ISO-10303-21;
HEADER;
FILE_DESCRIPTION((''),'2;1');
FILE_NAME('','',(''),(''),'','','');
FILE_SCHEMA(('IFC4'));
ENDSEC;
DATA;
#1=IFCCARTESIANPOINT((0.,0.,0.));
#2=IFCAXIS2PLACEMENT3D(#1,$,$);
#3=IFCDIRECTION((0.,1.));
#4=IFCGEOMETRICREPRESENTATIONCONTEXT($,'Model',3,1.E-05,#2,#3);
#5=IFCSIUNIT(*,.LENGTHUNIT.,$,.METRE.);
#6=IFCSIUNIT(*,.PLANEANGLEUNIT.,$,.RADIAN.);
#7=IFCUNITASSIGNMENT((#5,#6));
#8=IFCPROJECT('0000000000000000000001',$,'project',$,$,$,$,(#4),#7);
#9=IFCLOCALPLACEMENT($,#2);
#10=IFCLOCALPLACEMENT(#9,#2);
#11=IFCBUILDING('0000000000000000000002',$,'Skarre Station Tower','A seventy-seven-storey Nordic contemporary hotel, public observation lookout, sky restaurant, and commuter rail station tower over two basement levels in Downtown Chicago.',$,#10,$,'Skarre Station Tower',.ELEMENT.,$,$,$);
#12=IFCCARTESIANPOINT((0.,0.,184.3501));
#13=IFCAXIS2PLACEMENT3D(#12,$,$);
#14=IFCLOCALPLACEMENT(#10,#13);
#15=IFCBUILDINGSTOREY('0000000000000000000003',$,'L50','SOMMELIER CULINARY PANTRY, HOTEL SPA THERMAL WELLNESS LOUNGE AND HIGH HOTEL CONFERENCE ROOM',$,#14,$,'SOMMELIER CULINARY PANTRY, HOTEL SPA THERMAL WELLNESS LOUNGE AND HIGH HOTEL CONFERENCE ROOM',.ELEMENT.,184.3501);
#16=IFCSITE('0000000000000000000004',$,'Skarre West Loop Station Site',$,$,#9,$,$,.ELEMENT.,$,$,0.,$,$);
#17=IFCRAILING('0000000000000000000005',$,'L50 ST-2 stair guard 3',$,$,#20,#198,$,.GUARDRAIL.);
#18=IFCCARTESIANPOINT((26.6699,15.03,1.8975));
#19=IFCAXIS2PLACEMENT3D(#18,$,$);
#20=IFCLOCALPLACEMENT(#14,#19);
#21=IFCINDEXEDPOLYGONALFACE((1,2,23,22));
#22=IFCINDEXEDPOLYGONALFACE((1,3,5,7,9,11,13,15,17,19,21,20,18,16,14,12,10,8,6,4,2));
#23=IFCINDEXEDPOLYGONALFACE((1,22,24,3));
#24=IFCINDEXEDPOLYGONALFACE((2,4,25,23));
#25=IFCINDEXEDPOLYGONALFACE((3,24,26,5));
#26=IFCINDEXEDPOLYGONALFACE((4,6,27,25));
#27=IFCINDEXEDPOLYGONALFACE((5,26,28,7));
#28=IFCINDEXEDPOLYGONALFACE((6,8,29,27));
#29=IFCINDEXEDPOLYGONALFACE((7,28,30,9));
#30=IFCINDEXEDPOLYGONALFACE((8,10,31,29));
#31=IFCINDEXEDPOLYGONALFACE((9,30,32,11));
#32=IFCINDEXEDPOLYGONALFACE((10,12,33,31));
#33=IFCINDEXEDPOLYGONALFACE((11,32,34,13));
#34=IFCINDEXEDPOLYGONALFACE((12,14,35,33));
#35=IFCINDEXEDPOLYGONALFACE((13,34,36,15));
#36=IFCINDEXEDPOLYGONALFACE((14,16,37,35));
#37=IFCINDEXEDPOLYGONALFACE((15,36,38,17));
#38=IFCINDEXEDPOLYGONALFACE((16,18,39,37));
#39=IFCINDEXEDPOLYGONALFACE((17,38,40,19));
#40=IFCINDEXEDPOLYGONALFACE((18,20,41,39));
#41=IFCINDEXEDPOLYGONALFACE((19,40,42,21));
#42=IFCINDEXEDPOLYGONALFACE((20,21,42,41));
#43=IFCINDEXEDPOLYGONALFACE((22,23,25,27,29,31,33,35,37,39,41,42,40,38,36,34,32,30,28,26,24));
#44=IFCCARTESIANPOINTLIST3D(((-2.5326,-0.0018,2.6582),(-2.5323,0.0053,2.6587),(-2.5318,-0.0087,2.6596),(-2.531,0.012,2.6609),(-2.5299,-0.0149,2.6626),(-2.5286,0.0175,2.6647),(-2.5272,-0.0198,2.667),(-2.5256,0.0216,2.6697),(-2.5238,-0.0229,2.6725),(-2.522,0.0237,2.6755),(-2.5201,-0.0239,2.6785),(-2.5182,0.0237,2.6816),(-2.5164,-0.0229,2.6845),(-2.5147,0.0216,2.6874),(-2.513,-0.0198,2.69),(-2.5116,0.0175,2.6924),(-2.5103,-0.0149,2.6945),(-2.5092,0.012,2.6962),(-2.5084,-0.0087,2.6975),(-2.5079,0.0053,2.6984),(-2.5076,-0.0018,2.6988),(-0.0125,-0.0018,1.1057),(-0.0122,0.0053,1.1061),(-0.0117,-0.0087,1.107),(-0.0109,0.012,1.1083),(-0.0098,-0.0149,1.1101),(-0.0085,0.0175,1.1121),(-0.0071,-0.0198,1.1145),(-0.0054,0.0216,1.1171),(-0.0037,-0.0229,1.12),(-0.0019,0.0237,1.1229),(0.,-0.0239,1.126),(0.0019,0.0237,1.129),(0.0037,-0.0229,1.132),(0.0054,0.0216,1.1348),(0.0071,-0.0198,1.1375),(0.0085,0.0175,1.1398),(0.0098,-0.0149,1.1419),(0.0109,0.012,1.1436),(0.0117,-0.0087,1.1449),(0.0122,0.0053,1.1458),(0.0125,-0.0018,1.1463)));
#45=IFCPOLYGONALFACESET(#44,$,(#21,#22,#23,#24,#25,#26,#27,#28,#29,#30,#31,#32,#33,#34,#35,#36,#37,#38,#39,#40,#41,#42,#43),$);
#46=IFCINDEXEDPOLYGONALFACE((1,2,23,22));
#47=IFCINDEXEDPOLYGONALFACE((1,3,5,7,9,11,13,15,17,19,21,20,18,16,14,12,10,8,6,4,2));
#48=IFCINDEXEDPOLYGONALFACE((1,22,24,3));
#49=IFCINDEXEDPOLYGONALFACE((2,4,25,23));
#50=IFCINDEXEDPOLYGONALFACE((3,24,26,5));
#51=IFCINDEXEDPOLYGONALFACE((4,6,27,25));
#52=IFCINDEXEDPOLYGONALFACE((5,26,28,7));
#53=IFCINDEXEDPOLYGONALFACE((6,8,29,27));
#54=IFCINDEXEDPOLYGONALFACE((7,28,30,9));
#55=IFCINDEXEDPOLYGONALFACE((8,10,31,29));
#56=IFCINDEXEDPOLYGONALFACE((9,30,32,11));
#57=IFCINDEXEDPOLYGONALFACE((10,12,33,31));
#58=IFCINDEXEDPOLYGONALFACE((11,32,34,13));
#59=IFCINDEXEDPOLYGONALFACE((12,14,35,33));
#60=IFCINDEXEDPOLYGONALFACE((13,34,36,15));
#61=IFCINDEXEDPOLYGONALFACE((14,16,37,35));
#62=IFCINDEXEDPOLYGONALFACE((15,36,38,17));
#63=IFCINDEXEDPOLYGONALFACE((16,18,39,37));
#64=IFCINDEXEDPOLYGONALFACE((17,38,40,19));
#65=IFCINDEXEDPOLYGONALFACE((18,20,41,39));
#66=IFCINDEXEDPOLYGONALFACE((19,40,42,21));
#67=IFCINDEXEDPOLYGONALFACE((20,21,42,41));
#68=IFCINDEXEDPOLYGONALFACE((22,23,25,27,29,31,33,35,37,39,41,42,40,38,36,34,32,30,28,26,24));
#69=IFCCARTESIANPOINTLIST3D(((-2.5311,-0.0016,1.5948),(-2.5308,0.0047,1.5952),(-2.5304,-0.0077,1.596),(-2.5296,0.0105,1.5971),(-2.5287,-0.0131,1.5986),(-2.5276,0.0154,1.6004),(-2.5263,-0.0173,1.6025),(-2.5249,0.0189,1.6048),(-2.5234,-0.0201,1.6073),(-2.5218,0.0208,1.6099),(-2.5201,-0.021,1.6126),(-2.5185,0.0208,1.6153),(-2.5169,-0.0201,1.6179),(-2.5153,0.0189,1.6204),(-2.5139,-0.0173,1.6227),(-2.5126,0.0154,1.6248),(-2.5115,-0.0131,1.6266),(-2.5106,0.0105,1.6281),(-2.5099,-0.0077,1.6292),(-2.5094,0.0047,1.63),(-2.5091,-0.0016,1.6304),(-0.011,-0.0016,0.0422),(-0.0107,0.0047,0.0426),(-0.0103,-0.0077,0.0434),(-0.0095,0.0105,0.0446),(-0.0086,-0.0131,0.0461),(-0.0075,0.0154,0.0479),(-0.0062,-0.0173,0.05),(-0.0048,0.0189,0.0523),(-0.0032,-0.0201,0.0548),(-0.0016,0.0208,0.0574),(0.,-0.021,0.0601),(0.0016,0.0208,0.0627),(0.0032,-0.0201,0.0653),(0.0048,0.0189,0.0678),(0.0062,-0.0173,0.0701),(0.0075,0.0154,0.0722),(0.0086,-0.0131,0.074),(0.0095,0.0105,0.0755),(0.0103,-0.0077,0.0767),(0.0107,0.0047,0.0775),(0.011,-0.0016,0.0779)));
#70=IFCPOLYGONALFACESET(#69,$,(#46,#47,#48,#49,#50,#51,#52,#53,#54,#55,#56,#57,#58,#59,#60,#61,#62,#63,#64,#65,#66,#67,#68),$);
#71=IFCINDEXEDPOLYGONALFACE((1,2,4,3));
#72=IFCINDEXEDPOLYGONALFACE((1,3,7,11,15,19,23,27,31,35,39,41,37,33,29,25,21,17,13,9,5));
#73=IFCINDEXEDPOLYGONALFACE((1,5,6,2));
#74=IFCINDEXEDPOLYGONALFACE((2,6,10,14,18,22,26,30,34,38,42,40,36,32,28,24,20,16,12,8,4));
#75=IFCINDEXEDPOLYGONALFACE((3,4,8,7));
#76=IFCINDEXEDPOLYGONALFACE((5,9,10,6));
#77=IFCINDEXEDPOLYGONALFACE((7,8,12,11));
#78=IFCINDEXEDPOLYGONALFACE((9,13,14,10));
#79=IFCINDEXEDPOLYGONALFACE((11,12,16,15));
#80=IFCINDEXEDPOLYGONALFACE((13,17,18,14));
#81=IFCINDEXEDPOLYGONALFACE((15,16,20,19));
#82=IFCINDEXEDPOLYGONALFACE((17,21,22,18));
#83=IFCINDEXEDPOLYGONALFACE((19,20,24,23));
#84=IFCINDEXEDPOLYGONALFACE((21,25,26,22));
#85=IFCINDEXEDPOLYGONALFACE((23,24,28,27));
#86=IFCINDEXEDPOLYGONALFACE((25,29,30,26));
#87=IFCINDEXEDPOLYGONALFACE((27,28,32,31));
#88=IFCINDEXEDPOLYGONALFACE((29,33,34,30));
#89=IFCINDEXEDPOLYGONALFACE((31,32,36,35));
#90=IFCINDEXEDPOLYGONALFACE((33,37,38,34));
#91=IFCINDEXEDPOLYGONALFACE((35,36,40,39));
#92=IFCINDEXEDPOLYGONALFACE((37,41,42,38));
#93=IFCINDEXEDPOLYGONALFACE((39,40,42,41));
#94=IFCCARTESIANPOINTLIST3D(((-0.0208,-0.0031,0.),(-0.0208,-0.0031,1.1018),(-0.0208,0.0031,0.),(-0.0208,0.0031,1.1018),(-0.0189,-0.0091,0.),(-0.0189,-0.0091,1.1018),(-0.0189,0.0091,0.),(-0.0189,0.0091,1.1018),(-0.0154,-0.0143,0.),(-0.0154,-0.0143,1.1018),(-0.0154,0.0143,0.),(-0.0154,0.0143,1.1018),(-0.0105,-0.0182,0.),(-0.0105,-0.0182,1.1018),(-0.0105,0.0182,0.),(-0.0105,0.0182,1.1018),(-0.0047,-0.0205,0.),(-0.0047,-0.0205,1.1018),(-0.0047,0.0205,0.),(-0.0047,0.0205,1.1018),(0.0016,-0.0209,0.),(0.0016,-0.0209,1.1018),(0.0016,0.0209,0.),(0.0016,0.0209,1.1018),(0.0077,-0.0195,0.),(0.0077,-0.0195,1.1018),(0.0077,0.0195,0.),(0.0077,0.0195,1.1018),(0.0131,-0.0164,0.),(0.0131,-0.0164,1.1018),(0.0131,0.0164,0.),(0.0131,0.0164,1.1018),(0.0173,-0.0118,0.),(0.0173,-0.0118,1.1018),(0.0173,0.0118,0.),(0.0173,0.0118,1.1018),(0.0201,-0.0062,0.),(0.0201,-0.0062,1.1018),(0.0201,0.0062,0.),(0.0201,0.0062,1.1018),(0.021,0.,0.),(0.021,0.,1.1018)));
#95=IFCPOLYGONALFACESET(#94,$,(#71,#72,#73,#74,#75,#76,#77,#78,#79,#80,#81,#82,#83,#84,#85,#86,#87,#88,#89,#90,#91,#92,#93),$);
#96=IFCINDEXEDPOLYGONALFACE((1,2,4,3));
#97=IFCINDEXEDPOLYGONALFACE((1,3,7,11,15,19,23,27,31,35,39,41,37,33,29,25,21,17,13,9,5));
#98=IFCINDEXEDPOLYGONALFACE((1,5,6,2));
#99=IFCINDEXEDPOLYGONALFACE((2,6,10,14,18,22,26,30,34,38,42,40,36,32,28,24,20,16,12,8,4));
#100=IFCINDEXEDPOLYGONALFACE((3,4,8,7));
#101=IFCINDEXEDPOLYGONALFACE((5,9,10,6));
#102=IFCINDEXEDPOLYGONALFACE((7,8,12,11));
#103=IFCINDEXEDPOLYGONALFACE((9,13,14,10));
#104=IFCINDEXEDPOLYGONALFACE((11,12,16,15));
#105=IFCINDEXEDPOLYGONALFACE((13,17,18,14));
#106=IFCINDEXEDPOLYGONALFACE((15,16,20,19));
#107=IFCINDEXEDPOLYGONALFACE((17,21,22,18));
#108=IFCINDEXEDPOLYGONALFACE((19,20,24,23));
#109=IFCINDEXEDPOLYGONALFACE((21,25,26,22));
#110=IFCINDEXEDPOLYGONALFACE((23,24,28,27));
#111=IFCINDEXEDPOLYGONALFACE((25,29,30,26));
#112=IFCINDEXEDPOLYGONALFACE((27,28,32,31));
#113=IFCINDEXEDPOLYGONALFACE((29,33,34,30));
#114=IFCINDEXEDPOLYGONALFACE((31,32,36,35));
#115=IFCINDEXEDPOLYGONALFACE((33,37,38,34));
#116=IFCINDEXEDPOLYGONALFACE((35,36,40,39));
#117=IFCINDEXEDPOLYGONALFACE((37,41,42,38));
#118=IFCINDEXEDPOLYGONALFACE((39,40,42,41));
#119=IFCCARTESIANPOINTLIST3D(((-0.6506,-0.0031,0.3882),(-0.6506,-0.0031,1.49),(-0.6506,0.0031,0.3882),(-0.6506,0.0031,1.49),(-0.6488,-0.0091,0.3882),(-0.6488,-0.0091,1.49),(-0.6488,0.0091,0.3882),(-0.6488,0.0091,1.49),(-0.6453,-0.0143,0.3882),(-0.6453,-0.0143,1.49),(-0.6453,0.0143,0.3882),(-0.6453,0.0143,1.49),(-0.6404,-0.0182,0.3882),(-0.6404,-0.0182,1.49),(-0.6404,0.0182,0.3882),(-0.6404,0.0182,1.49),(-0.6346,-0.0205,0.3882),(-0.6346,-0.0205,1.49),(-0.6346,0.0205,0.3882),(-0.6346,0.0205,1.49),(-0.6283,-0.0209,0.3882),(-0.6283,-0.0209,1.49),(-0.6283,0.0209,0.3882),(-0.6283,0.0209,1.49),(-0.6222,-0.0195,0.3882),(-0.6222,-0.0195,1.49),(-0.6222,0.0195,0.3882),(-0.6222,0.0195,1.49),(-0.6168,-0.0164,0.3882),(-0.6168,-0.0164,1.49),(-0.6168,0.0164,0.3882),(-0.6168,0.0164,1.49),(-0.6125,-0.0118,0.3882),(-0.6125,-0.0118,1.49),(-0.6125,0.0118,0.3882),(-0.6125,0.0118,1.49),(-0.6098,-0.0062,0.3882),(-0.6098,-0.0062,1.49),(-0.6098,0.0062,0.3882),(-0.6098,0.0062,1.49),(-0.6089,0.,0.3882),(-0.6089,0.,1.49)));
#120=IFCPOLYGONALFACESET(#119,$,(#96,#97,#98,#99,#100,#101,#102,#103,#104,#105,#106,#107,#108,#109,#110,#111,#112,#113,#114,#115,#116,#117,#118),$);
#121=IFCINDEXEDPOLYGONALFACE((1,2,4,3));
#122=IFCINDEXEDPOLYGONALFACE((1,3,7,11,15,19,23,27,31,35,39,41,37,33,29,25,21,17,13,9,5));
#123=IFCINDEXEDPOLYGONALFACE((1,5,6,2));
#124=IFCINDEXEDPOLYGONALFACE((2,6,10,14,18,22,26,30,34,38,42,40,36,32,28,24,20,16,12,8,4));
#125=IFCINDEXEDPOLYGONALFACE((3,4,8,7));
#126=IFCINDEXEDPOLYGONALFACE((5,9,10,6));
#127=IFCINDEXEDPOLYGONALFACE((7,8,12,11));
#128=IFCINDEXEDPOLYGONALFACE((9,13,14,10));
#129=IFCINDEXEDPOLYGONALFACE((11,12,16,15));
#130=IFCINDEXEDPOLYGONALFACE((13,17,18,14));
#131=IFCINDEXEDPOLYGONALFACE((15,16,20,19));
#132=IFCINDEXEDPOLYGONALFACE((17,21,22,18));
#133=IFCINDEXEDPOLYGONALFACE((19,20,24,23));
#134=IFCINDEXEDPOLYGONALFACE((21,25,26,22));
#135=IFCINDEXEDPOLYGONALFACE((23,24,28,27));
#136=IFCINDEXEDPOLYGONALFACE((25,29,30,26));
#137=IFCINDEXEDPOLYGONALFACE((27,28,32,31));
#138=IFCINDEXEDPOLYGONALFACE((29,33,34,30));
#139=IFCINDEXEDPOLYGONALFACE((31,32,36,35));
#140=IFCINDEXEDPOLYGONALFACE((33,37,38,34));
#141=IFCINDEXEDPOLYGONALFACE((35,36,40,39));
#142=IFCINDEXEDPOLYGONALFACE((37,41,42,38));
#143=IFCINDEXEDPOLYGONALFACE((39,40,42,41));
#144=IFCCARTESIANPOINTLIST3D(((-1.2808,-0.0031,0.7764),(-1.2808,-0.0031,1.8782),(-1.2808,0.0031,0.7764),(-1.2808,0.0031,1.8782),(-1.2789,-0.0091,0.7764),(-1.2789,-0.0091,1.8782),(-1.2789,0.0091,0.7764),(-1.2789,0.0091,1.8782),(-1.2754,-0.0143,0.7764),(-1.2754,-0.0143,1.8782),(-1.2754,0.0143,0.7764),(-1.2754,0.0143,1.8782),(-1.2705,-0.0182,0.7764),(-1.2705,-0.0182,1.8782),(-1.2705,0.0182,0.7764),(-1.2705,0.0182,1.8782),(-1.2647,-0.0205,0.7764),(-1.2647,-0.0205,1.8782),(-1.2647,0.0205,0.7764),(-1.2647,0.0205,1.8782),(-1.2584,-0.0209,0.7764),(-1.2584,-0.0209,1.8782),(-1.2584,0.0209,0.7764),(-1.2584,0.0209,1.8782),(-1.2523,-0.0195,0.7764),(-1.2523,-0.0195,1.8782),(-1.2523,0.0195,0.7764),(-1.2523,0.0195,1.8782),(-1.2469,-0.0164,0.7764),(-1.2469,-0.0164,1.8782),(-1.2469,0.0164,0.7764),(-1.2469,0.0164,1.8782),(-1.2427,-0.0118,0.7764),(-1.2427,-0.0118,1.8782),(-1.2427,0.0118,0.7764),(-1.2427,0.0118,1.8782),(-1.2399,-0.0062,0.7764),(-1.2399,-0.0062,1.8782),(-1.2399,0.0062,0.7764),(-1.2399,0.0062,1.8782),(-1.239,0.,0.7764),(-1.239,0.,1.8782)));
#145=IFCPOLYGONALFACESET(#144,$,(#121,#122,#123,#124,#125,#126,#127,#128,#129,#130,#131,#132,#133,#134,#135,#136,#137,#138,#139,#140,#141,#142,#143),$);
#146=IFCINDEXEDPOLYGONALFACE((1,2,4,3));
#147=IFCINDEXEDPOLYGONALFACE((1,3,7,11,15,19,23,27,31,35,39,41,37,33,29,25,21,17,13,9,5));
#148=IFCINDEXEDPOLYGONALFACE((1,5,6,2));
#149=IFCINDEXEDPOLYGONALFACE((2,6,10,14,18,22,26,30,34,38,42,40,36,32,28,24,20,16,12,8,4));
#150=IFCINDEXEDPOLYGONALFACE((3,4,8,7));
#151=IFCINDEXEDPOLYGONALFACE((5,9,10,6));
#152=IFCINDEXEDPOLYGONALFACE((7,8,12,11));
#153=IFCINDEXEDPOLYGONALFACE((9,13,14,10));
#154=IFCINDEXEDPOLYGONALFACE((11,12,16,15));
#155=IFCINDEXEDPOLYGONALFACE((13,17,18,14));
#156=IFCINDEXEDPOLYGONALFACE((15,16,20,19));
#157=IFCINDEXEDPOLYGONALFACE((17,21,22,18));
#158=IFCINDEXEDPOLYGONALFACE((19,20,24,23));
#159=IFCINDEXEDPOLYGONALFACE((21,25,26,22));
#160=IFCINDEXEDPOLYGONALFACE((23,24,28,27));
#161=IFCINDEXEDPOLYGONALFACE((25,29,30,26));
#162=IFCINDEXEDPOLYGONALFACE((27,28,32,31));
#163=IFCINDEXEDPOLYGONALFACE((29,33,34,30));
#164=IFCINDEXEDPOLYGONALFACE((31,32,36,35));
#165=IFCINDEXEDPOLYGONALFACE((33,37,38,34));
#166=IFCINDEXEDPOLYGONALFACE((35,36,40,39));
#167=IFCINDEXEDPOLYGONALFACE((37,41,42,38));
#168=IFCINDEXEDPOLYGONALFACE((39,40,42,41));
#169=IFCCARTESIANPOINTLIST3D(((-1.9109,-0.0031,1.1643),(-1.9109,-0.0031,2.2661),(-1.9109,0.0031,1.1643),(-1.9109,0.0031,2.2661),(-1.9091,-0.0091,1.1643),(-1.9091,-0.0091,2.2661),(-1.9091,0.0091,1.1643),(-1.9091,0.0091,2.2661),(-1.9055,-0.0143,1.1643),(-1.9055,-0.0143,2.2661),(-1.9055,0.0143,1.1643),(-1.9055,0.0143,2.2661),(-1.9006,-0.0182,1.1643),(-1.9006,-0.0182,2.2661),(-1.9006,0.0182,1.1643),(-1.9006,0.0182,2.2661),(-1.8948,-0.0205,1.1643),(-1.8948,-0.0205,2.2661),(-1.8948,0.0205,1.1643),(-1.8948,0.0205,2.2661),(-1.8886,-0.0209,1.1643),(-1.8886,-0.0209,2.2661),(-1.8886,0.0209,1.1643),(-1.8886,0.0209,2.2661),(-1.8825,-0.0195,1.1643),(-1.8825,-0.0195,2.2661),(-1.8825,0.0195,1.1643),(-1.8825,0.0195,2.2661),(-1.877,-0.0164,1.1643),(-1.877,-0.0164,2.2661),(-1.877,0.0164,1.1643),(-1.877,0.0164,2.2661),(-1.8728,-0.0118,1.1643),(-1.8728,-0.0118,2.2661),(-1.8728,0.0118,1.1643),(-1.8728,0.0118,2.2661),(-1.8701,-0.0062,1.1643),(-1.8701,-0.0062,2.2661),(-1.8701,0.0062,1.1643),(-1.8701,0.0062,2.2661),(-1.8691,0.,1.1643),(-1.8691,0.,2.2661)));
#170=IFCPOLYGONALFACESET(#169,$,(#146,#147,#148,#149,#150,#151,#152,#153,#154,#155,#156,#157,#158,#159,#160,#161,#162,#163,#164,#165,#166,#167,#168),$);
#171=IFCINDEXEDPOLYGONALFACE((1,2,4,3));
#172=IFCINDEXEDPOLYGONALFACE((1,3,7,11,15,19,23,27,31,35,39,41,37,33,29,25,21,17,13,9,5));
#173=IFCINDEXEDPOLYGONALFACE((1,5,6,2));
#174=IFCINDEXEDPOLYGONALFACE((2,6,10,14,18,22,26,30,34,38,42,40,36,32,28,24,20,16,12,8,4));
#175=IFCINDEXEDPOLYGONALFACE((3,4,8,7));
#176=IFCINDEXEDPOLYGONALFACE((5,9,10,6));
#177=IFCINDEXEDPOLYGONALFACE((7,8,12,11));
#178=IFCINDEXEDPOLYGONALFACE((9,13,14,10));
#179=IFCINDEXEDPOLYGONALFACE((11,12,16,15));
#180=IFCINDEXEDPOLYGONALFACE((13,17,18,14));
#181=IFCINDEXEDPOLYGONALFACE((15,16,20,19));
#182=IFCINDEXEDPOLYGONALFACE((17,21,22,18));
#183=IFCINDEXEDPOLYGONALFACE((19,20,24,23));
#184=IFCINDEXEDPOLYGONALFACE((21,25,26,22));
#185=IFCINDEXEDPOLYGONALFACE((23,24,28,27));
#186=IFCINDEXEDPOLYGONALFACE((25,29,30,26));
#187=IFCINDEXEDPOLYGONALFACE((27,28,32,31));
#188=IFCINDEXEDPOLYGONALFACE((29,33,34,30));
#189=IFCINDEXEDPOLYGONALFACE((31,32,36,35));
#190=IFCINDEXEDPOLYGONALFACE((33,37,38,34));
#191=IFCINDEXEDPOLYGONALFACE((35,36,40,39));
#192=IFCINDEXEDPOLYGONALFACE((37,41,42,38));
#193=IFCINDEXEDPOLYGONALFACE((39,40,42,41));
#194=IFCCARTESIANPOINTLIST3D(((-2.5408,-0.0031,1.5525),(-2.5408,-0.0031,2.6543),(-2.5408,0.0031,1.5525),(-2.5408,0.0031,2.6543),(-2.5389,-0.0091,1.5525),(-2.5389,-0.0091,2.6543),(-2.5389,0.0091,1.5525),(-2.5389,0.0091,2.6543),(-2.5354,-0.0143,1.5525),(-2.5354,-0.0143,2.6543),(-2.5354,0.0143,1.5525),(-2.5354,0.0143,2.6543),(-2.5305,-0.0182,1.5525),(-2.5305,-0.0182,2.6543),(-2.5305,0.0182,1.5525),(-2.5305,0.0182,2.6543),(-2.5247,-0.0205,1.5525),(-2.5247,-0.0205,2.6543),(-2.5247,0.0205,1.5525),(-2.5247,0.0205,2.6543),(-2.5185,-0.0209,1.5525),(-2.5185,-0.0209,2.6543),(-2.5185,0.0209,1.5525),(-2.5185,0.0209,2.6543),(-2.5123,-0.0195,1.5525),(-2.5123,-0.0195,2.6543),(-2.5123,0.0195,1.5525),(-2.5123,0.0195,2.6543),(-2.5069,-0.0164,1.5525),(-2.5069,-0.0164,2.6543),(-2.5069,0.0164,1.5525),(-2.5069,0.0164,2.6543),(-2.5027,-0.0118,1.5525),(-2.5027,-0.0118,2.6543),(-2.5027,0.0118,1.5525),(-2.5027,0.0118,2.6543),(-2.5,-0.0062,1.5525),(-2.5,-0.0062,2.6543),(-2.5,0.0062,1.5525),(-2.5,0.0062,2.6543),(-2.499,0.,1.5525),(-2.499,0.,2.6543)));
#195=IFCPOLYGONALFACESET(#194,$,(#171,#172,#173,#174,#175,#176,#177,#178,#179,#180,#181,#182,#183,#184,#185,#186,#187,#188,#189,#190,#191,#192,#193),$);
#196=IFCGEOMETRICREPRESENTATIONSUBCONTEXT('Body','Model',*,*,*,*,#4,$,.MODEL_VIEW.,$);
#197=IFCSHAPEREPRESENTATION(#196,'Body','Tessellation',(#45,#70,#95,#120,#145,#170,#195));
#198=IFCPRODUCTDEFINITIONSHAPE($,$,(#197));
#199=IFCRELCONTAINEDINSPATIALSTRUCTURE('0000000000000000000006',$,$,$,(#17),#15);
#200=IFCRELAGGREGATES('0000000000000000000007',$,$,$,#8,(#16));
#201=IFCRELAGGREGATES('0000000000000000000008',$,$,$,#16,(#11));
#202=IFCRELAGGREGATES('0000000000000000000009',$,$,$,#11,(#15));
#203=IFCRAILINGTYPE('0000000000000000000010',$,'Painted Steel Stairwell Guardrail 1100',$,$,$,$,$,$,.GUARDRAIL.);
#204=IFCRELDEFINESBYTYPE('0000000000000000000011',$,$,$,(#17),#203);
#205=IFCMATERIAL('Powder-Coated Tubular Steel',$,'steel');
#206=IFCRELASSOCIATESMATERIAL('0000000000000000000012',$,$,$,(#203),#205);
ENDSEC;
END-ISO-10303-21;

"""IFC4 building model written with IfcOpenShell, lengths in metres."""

from ifc_helpers import new_model, si_unit, direction, frame, origin, origin_2d, place, context, subcontext, project, spatial, circle, extrude, material, type_object, element, save


model = new_model("IFC4")

# Units and contexts
model_context = context("Model", 3, precision=1e-05, world=origin(), true_north=direction((0.0, 1.0)))
body_context = subcontext(model_context, "Body", "Model", "MODEL_VIEW")
ifc_project = project(units=[si_unit("LENGTHUNIT", "METRE"), si_unit("PLANEANGLEUNIT", "RADIAN")], contexts=[model_context])

# Site, building, storey
site_placement = place(None, origin())
site = spatial("IfcSite", under=ifc_project, at=site_placement, Name="Skarre West Loop Station Site", CompositionType="ELEMENT", RefElevation=0.0)
building_placement = place(site_placement, origin())
building = spatial("IfcBuilding", under=site, at=building_placement, Name="Skarre Station Tower", Description="A seventy-seven-storey Nordic contemporary hotel, public observation lookout, sky restaurant, and commuter rail station tower over two basement levels in Downtown Chicago.", LongName="Skarre Station Tower", CompositionType="ELEMENT")
storey_placement = place(building_placement, frame((0.0, 0.0, 184.3501)))
storey = spatial("IfcBuildingStorey", under=building, at=storey_placement, Name="L50", Description="SOMMELIER CULINARY PANTRY, HOTEL SPA THERMAL WELLNESS LOUNGE AND HIGH HOTEL CONFERENCE ROOM", LongName="SOMMELIER CULINARY PANTRY, HOTEL SPA THERMAL WELLNESS LOUNGE AND HIGH HOTEL CONFERENCE ROOM", CompositionType="ELEMENT", Elevation=184.3501)

# Railing
ifc_material_1 = material(Name="Powder-Coated Tubular Steel", Category="steel")
railing_type_1 = type_object("IfcRailingType", Name="Painted Steel Stairwell Guardrail 1100", PredefinedType="GUARDRAIL", material=ifc_material_1)
railing_1_placement = place(storey_placement, frame((26.6699, 15.03, 1.8975)))
element("IfcRailing", 1, at=railing_1_placement, inside=storey, type_object=railing_type_1, Name="L50 ST-2 stair guard 3", PredefinedType="GUARDRAIL", context=body_context, shape_type="SweptSolid", body=[
    extrude(circle(Radius=0.0239, at=origin_2d()), frame((0.0, 0.0, 1.126), z_axis=(-0.8514, 0.0, 0.524516), x_axis=(0.0, -1.0, 0.0)), (0.0, 0.0, 1.0), 2.96),
    extrude(circle(Radius=0.021, at=origin_2d()), frame((0.0, 0.0, 0.0601), z_axis=(-0.8514, 0.0, 0.524516), x_axis=(0.0, -1.0, 0.0)), (0.0, 0.0, 1.0), 2.96),
    extrude(circle(Radius=0.021, at=origin_2d()), origin(), (0.0, 0.0, 1.0), 1.1018),
    extrude(circle(Radius=0.021, at=origin_2d()), frame((-0.6299, 0.0, 0.3882)), (0.0, 0.0, 1.0), 1.1018),
    extrude(circle(Radius=0.021, at=origin_2d()), frame((-1.26, 0.0, 0.7764)), (0.0, 0.0, 1.0), 1.1018),
    extrude(circle(Radius=0.021, at=origin_2d()), frame((-1.8901, 0.0, 1.1643)), (0.0, 0.0, 1.0), 1.1018),
    extrude(circle(Radius=0.021, at=origin_2d()), frame((-2.52, 0.0, 1.5525)), (0.0, 0.0, 1.0), 1.1018),
])

save(model, "model.ifc")
